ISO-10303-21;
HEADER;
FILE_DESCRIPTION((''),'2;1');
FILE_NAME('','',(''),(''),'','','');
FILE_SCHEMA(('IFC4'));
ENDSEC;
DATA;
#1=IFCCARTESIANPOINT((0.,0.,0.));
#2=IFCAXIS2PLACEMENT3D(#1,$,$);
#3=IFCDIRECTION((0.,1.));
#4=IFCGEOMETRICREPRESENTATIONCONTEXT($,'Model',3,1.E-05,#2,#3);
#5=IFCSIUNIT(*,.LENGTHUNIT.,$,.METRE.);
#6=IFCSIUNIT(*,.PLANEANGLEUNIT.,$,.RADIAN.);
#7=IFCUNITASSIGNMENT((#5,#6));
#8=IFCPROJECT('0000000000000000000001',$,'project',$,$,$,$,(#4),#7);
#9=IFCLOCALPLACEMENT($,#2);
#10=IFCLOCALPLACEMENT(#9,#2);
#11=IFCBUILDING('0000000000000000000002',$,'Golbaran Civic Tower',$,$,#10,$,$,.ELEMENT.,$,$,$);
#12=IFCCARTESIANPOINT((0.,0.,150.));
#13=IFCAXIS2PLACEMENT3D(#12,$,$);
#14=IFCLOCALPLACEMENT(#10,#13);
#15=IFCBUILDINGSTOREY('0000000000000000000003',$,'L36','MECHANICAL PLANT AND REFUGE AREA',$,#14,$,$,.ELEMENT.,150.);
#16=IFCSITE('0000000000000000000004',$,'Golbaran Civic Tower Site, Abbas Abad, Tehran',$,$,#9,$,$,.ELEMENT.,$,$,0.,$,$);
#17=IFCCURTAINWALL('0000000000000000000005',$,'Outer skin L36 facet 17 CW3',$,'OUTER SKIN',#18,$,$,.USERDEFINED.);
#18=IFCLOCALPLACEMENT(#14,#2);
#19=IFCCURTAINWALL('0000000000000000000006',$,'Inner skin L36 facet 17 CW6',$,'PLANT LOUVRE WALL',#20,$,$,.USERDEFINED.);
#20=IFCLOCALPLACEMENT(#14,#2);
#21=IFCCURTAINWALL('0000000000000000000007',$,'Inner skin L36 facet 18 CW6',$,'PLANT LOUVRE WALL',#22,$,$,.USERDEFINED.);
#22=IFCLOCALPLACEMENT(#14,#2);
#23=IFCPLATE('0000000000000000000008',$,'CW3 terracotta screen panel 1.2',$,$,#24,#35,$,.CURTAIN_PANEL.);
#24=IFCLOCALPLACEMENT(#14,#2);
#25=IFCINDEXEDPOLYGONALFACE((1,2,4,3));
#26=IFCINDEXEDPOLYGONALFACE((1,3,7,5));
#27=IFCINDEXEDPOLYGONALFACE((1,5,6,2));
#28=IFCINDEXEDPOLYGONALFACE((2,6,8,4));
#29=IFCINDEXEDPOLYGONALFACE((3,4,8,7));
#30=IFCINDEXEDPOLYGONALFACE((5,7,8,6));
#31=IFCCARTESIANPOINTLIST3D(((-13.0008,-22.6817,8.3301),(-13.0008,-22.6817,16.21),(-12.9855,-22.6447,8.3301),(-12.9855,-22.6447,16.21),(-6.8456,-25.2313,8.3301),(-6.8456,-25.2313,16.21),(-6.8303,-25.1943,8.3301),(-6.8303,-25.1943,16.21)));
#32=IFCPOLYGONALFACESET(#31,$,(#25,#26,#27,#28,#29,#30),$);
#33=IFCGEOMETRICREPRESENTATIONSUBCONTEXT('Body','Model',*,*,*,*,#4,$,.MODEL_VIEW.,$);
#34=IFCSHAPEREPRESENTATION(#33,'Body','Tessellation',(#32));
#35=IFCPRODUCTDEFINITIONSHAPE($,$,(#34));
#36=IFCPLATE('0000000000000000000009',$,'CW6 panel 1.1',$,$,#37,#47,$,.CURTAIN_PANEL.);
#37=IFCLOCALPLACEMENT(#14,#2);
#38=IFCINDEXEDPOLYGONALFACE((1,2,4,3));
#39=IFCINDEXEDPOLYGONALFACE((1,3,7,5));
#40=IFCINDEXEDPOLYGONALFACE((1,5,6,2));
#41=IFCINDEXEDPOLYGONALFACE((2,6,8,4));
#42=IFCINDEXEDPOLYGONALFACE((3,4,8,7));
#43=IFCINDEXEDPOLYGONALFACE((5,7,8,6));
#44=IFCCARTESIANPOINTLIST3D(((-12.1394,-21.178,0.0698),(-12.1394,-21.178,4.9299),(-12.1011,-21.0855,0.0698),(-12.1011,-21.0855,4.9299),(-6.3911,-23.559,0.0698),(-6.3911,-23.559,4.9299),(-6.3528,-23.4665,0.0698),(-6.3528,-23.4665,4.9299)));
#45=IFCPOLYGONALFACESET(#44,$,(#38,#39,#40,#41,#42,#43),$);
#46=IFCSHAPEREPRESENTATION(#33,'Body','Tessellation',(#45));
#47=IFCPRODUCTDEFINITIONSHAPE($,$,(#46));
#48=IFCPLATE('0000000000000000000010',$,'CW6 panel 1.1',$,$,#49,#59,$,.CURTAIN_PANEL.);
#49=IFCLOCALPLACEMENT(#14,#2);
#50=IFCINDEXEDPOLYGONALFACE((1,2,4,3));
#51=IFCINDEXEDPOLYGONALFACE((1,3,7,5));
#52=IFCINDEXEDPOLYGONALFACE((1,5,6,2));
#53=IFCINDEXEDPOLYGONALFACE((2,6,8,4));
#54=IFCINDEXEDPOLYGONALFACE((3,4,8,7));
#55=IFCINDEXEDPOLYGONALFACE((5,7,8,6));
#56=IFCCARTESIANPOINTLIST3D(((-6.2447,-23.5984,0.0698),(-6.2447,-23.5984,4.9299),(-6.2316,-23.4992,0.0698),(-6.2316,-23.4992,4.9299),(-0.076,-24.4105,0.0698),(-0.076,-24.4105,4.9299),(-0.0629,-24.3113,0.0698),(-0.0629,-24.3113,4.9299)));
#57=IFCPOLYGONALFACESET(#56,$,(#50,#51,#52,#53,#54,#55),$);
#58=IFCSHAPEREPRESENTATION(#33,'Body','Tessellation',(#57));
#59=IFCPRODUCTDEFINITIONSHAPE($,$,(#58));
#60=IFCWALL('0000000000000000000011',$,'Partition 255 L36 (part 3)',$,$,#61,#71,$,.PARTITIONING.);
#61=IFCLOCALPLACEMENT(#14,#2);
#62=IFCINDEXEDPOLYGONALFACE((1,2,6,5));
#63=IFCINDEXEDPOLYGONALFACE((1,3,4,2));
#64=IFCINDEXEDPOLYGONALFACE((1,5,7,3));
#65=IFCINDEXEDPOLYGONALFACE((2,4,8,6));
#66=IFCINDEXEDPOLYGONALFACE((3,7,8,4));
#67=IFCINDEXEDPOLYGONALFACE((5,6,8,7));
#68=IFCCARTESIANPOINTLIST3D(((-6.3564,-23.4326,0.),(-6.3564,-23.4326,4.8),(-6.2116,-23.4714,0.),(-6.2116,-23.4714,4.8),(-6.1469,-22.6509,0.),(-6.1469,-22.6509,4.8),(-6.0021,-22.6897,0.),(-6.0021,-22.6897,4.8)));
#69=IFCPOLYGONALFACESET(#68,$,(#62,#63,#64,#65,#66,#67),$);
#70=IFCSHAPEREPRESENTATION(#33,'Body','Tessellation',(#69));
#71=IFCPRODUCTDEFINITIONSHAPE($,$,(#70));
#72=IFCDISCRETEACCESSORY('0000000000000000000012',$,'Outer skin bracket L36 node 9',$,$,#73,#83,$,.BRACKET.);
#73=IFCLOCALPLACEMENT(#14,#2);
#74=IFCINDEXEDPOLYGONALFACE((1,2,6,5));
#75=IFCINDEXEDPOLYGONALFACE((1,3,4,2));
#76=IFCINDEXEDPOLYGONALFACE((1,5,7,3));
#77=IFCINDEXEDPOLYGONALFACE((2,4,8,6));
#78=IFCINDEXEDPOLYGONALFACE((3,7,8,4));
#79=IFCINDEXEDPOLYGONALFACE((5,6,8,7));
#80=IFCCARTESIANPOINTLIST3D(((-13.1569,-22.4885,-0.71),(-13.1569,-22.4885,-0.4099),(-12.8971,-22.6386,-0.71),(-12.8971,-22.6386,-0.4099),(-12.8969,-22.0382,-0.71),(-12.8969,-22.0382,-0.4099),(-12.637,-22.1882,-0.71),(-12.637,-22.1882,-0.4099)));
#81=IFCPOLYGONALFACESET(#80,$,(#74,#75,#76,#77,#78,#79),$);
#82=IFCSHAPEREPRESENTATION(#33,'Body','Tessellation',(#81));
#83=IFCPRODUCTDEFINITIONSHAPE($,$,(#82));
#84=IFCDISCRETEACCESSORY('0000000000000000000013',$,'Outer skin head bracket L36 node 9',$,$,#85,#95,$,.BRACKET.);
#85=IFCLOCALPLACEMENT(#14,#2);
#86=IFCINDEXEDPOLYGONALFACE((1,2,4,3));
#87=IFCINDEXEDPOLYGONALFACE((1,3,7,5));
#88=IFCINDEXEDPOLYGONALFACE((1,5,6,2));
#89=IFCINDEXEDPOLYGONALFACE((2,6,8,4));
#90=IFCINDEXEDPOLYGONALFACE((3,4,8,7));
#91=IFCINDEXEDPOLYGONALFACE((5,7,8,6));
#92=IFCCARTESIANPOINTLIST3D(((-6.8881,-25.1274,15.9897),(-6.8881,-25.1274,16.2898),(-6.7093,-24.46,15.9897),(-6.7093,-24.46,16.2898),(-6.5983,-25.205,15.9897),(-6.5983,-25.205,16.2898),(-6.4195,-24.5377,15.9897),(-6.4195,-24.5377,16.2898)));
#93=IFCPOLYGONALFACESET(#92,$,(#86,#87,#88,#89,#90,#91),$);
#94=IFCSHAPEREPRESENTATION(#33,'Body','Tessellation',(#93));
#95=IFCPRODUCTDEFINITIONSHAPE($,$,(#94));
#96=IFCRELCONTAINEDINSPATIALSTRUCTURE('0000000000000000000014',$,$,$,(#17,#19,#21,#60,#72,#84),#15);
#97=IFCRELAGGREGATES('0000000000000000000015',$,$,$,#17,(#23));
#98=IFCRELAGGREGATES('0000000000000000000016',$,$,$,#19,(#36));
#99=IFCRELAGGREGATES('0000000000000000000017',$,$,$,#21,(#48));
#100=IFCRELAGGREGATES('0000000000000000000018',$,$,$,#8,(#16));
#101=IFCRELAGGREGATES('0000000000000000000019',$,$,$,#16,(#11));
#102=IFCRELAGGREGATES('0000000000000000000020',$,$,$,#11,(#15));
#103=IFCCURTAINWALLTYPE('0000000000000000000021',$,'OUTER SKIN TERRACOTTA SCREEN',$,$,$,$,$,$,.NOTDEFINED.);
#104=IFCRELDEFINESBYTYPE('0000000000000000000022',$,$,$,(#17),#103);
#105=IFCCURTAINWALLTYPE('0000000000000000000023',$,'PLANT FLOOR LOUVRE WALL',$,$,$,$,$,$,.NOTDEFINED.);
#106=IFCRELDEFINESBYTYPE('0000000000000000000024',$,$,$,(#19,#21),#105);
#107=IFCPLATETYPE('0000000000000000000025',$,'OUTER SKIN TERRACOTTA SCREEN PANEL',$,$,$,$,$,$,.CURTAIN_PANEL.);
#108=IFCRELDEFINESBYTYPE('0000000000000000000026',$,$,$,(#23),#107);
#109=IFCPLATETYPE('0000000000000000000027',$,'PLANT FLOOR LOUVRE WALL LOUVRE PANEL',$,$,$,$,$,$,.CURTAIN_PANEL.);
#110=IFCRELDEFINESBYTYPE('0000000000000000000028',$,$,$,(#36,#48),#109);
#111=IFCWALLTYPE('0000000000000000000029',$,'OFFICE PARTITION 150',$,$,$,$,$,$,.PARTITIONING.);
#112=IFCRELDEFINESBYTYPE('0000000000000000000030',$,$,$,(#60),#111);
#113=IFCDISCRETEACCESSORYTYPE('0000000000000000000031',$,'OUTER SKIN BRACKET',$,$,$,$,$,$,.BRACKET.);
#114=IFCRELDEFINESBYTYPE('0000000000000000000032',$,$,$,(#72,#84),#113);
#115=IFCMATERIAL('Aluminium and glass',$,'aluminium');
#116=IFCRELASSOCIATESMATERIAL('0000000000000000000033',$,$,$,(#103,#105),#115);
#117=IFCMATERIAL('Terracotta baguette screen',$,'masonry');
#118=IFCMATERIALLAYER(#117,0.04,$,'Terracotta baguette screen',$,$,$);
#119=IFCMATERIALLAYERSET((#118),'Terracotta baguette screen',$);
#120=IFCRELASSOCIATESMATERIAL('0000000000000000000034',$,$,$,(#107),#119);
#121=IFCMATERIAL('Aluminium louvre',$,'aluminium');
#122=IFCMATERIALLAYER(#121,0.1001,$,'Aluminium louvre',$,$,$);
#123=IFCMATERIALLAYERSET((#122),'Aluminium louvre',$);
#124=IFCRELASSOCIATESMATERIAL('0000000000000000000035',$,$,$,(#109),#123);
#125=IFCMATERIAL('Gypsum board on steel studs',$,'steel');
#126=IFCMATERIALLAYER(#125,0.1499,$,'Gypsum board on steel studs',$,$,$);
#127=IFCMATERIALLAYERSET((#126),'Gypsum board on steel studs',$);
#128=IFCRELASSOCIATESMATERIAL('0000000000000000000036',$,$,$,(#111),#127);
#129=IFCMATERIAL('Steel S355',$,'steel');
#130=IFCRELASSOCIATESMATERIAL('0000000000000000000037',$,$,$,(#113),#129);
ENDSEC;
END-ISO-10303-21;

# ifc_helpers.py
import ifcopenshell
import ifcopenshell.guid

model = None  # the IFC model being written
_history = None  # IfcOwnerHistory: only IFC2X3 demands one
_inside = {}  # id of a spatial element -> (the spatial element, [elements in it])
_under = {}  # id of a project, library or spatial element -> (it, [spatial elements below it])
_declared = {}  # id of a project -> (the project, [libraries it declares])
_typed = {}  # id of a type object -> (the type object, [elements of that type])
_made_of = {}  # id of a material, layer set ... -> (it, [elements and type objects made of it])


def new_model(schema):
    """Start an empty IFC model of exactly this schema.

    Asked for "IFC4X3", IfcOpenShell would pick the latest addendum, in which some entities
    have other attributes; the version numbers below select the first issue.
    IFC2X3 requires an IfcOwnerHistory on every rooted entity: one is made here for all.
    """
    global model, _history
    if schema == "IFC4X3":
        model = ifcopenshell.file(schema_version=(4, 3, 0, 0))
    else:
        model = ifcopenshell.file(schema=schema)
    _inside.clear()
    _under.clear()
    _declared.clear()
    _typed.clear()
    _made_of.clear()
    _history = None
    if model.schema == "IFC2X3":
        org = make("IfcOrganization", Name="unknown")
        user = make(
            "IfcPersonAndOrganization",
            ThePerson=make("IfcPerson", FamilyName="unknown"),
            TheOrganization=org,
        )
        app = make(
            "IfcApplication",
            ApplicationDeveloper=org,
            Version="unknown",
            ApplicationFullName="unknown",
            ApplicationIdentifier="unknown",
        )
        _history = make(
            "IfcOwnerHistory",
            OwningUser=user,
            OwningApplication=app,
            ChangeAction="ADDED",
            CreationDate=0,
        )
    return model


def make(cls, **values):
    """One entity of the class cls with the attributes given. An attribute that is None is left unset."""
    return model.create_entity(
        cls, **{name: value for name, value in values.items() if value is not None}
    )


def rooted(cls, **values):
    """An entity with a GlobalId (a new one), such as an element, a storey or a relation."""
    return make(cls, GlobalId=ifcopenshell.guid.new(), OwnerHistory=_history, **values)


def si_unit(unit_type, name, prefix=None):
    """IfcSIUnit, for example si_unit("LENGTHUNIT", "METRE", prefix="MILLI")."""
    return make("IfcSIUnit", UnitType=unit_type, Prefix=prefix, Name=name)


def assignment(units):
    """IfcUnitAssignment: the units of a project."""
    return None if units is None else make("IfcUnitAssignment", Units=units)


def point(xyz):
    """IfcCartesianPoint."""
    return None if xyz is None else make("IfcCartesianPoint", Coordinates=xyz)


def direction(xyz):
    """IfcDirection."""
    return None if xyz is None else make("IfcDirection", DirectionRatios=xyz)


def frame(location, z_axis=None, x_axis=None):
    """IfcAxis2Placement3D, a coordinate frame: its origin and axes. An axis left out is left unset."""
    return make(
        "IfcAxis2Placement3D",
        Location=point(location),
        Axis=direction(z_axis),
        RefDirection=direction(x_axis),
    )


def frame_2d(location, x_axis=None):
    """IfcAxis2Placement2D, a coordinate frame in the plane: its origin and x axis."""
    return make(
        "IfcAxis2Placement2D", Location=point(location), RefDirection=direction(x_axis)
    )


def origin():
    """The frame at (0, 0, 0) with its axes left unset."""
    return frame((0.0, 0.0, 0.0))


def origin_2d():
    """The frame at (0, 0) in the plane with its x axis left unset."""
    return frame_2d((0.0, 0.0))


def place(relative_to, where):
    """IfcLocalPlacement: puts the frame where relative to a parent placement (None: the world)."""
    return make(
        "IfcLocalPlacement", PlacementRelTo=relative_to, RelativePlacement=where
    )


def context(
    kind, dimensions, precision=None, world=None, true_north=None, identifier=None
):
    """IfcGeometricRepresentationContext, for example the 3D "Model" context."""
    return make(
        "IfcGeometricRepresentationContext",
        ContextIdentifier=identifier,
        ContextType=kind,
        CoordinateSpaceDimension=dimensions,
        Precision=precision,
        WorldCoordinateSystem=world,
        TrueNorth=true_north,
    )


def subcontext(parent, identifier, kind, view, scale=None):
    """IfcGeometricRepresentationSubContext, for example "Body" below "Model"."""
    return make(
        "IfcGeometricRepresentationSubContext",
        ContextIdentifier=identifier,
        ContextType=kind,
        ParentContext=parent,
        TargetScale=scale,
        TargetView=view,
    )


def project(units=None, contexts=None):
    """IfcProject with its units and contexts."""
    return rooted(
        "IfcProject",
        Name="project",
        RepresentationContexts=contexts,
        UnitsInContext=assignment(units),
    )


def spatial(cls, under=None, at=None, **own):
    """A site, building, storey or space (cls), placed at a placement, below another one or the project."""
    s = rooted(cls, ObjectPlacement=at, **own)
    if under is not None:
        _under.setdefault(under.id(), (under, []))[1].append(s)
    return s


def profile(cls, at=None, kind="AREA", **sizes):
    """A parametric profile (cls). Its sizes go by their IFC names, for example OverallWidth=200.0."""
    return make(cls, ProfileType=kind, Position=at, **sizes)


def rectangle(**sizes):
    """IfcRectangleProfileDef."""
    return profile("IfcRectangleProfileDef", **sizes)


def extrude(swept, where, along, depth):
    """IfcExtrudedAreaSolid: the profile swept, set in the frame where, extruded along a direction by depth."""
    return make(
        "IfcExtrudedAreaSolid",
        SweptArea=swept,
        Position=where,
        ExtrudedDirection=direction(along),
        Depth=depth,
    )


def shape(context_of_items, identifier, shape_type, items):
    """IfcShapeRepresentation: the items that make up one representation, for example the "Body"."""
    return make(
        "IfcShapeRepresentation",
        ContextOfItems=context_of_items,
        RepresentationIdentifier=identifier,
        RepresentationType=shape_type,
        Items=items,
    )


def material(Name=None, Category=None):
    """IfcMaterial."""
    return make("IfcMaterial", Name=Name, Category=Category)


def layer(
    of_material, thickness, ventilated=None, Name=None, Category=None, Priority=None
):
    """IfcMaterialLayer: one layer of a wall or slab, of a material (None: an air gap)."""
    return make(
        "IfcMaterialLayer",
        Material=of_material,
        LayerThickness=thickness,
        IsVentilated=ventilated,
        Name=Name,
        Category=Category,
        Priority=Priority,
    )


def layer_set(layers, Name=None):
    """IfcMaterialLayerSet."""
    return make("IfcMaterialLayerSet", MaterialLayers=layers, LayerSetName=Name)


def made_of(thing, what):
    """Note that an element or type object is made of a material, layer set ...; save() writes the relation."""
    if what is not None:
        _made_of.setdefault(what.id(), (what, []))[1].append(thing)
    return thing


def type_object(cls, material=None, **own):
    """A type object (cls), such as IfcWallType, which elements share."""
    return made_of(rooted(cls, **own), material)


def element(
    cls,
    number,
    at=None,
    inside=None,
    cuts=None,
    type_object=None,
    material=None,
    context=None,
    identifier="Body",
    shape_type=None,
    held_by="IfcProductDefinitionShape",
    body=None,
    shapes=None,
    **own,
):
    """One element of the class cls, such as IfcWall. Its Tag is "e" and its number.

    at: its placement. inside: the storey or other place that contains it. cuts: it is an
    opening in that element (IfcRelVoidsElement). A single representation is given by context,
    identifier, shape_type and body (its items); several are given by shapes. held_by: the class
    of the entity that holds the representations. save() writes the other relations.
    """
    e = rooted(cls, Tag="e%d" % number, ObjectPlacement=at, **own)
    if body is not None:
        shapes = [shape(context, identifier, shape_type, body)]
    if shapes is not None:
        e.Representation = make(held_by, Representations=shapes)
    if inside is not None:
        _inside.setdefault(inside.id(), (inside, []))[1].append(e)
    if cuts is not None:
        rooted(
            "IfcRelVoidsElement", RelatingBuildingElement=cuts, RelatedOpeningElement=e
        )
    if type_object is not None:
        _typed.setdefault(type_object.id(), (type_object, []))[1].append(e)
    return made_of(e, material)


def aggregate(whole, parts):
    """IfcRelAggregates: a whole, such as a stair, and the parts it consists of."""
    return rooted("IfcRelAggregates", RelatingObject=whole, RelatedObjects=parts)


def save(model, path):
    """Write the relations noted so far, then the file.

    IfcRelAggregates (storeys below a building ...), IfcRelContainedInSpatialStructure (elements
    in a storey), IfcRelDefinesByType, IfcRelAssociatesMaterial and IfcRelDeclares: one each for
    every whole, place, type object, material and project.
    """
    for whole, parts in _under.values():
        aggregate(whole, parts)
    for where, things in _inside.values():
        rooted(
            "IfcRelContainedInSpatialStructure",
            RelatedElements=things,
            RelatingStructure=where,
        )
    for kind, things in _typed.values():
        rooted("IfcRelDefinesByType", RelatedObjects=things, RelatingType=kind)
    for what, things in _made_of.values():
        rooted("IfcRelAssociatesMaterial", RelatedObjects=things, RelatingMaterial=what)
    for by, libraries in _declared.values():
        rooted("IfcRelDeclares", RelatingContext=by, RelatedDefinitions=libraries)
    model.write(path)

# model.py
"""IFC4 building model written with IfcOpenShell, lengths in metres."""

from ifc_helpers import new_model, si_unit, direction, frame, frame_2d, origin, origin_2d, place, context, subcontext, project, spatial, rectangle, extrude, material, layer, layer_set, type_object, element, aggregate, save


model = new_model("IFC4")

# Units and contexts
model_context = context("Model", 3, precision=1e-05, world=origin(), true_north=direction((0.0, 1.0)))
body_context = subcontext(model_context, "Body", "Model", "MODEL_VIEW")
ifc_project = project(units=[si_unit("LENGTHUNIT", "METRE"), si_unit("PLANEANGLEUNIT", "RADIAN")], contexts=[model_context])

# Site, building, storey
site_placement = place(None, origin())
site = spatial("IfcSite", under=ifc_project, at=site_placement, Name="Golbaran Civic Tower Site, Abbas Abad, Tehran", CompositionType="ELEMENT", RefElevation=0.0)
building_placement = place(site_placement, origin())
building = spatial("IfcBuilding", under=site, at=building_placement, Name="Golbaran Civic Tower", CompositionType="ELEMENT")
storey_placement = place(building_placement, frame((0.0, 0.0, 150.0)))
storey = spatial("IfcBuildingStorey", under=building, at=storey_placement, Name="L36", Description="MECHANICAL PLANT AND REFUGE AREA", CompositionType="ELEMENT", Elevation=150.0)

# Shared definitions
ifc_material_1 = material(Name="Steel S355", Category="steel")

# Shared definitions
ifc_material_2 = material(Name="Aluminium and glass", Category="aluminium")
curtain_wall_type_1 = type_object("IfcCurtainWallType", Name="OUTER SKIN TERRACOTTA SCREEN", PredefinedType="NOTDEFINED", material=ifc_material_2)

# Curtain wall
curtain_wall_1_placement = place(storey_placement, origin())
curtain_wall_1 = element("IfcCurtainWall", 1, at=curtain_wall_1_placement, inside=storey, type_object=curtain_wall_type_1, Name="Outer skin L36 facet 17 CW3", ObjectType="OUTER SKIN", PredefinedType="USERDEFINED")

# Curtain wall
curtain_wall_type_2 = type_object("IfcCurtainWallType", Name="PLANT FLOOR LOUVRE WALL", PredefinedType="NOTDEFINED", material=ifc_material_2)
curtain_wall_2_placement = place(storey_placement, origin())
curtain_wall_2 = element("IfcCurtainWall", 2, at=curtain_wall_2_placement, inside=storey, type_object=curtain_wall_type_2, Name="Inner skin L36 facet 17 CW6", ObjectType="PLANT LOUVRE WALL", PredefinedType="USERDEFINED")

# Curtain wall
curtain_wall_3_placement = place(storey_placement, origin())
curtain_wall_3 = element("IfcCurtainWall", 3, at=curtain_wall_3_placement, inside=storey, type_object=curtain_wall_type_2, Name="Inner skin L36 facet 18 CW6", ObjectType="PLANT LOUVRE WALL", PredefinedType="USERDEFINED")

# Plates
ifc_material_3 = material(Name="Terracotta baguette screen", Category="masonry")
ifc_layer_1 = layer(ifc_material_3, 0.04, Name="Terracotta baguette screen")
ifc_layer_set_1 = layer_set([ifc_layer_1], Name="Terracotta baguette screen")
plate_type_1 = type_object("IfcPlateType", Name="OUTER SKIN TERRACOTTA SCREEN PANEL", PredefinedType="CURTAIN_PANEL", material=ifc_layer_set_1)
plate_1_placement = place(storey_placement, frame((-9.9155, -23.938, 8.3301), z_axis=(0.0, 0.0, 1.0), x_axis=(0.92388, -0.382683, 0.0)))
plate_1 = element("IfcPlate", 4, at=plate_1_placement, type_object=plate_type_1, Name="CW3 terracotta screen panel 1.2", PredefinedType="CURTAIN_PANEL", context=body_context, shape_type="SweptSolid", body=[
    extrude(rectangle(XDim=6.6624, YDim=0.04, at=origin_2d()), origin(), (0.0, 0.0, 1.0), 7.8799),
])
aggregate(curtain_wall_1, [plate_1])
ifc_material_4 = material(Name="Aluminium louvre", Category="aluminium")
ifc_layer_2 = layer(ifc_material_4, 0.1001, Name="Aluminium louvre")
ifc_layer_set_2 = layer_set([ifc_layer_2], Name="Aluminium louvre")
plate_type_2 = type_object("IfcPlateType", Name="PLANT FLOOR LOUVRE WALL LOUVRE PANEL", PredefinedType="CURTAIN_PANEL", material=ifc_layer_set_2)
plate_2_placement = place(storey_placement, frame((-9.2461, -22.3223, 0.0698), z_axis=(0.0, 0.0, 1.0), x_axis=(0.92388, -0.382683, 0.0)))
plate_2 = element("IfcPlate", 5, at=plate_2_placement, type_object=plate_type_2, Name="CW6 panel 1.1", PredefinedType="CURTAIN_PANEL", context=body_context, shape_type="SweptSolid", body=[
    extrude(rectangle(XDim=6.2219, YDim=0.1001, at=origin_2d()), origin(), (0.0, 0.0, 1.0), 4.8601),
])
aggregate(curtain_wall_2, [plate_2])
plate_3_placement = place(storey_placement, frame((-3.1538, -23.9548, 0.0698), z_axis=(0.0, 0.0, 1.0), x_axis=(0.991445, -0.130526, 0.0)))
plate_3 = element("IfcPlate", 6, at=plate_3_placement, type_object=plate_type_2, Name="CW6 panel 1.1", PredefinedType="CURTAIN_PANEL", context=body_context, shape_type="SweptSolid", body=[
    extrude(rectangle(XDim=6.2219, YDim=0.1001, at=origin_2d()), origin(), (0.0, 0.0, 1.0), 4.8601),
])
aggregate(curtain_wall_3, [plate_3])

# Wall
ifc_material_5 = material(Name="Gypsum board on steel studs", Category="steel")
ifc_layer_3 = layer(ifc_material_5, 0.1499, Name="Gypsum board on steel studs")
ifc_layer_set_3 = layer_set([ifc_layer_3], Name="Gypsum board on steel studs")
wall_type = type_object("IfcWallType", Name="OFFICE PARTITION 150", PredefinedType="PARTITIONING", material=ifc_layer_set_3)
wall_placement = place(storey_placement, frame((-6.0745, -22.6702, 0.0), z_axis=(0.0, 0.0, 1.0), x_axis=(-0.258827, -0.965924, 0.0)))
element("IfcWall", 7, at=wall_placement, inside=storey, type_object=wall_type, Name="Partition 255 L36 (part 3)", PredefinedType="PARTITIONING", context=body_context, shape_type="SweptSolid", body=[
    extrude(rectangle(XDim=0.8093, YDim=0.1499, at=frame_2d((0.4048, 0.0))), origin(), (0.0, 0.0, 1.0), 4.8),
])

# Discrete accessories
discrete_accessory_type = type_object("IfcDiscreteAccessoryType", Name="OUTER SKIN BRACKET", PredefinedType="BRACKET", material=ifc_material_1)
discrete_accessory_1_placement = place(storey_placement, frame((-12.897, -22.3384, -0.71), z_axis=(0.0, 0.0, 1.0), x_axis=(-0.5, -0.866025, 0.0)))
element("IfcDiscreteAccessory", 8, at=discrete_accessory_1_placement, inside=storey, type_object=discrete_accessory_type, Name="Outer skin bracket L36 node 9", PredefinedType="BRACKET", context=body_context, shape_type="SweptSolid", body=[
    extrude(rectangle(XDim=0.52, YDim=0.3, at=origin_2d()), origin(), (0.0, 0.0, 1.0), 0.3),
])
discrete_accessory_2_placement = place(storey_placement, frame((-6.6538, -24.8325, 15.9897), z_axis=(0.0, 0.0, 1.0), x_axis=(-0.258819, -0.965926, 0.0)))
element("IfcDiscreteAccessory", 9, at=discrete_accessory_2_placement, inside=storey, type_object=discrete_accessory_type, Name="Outer skin head bracket L36 node 9", PredefinedType="BRACKET", context=body_context, shape_type="SweptSolid", body=[
    extrude(rectangle(XDim=0.6909, YDim=0.3, at=origin_2d()), origin(), (0.0, 0.0, 1.0), 0.3),
])

save(model, "model.ifc")
